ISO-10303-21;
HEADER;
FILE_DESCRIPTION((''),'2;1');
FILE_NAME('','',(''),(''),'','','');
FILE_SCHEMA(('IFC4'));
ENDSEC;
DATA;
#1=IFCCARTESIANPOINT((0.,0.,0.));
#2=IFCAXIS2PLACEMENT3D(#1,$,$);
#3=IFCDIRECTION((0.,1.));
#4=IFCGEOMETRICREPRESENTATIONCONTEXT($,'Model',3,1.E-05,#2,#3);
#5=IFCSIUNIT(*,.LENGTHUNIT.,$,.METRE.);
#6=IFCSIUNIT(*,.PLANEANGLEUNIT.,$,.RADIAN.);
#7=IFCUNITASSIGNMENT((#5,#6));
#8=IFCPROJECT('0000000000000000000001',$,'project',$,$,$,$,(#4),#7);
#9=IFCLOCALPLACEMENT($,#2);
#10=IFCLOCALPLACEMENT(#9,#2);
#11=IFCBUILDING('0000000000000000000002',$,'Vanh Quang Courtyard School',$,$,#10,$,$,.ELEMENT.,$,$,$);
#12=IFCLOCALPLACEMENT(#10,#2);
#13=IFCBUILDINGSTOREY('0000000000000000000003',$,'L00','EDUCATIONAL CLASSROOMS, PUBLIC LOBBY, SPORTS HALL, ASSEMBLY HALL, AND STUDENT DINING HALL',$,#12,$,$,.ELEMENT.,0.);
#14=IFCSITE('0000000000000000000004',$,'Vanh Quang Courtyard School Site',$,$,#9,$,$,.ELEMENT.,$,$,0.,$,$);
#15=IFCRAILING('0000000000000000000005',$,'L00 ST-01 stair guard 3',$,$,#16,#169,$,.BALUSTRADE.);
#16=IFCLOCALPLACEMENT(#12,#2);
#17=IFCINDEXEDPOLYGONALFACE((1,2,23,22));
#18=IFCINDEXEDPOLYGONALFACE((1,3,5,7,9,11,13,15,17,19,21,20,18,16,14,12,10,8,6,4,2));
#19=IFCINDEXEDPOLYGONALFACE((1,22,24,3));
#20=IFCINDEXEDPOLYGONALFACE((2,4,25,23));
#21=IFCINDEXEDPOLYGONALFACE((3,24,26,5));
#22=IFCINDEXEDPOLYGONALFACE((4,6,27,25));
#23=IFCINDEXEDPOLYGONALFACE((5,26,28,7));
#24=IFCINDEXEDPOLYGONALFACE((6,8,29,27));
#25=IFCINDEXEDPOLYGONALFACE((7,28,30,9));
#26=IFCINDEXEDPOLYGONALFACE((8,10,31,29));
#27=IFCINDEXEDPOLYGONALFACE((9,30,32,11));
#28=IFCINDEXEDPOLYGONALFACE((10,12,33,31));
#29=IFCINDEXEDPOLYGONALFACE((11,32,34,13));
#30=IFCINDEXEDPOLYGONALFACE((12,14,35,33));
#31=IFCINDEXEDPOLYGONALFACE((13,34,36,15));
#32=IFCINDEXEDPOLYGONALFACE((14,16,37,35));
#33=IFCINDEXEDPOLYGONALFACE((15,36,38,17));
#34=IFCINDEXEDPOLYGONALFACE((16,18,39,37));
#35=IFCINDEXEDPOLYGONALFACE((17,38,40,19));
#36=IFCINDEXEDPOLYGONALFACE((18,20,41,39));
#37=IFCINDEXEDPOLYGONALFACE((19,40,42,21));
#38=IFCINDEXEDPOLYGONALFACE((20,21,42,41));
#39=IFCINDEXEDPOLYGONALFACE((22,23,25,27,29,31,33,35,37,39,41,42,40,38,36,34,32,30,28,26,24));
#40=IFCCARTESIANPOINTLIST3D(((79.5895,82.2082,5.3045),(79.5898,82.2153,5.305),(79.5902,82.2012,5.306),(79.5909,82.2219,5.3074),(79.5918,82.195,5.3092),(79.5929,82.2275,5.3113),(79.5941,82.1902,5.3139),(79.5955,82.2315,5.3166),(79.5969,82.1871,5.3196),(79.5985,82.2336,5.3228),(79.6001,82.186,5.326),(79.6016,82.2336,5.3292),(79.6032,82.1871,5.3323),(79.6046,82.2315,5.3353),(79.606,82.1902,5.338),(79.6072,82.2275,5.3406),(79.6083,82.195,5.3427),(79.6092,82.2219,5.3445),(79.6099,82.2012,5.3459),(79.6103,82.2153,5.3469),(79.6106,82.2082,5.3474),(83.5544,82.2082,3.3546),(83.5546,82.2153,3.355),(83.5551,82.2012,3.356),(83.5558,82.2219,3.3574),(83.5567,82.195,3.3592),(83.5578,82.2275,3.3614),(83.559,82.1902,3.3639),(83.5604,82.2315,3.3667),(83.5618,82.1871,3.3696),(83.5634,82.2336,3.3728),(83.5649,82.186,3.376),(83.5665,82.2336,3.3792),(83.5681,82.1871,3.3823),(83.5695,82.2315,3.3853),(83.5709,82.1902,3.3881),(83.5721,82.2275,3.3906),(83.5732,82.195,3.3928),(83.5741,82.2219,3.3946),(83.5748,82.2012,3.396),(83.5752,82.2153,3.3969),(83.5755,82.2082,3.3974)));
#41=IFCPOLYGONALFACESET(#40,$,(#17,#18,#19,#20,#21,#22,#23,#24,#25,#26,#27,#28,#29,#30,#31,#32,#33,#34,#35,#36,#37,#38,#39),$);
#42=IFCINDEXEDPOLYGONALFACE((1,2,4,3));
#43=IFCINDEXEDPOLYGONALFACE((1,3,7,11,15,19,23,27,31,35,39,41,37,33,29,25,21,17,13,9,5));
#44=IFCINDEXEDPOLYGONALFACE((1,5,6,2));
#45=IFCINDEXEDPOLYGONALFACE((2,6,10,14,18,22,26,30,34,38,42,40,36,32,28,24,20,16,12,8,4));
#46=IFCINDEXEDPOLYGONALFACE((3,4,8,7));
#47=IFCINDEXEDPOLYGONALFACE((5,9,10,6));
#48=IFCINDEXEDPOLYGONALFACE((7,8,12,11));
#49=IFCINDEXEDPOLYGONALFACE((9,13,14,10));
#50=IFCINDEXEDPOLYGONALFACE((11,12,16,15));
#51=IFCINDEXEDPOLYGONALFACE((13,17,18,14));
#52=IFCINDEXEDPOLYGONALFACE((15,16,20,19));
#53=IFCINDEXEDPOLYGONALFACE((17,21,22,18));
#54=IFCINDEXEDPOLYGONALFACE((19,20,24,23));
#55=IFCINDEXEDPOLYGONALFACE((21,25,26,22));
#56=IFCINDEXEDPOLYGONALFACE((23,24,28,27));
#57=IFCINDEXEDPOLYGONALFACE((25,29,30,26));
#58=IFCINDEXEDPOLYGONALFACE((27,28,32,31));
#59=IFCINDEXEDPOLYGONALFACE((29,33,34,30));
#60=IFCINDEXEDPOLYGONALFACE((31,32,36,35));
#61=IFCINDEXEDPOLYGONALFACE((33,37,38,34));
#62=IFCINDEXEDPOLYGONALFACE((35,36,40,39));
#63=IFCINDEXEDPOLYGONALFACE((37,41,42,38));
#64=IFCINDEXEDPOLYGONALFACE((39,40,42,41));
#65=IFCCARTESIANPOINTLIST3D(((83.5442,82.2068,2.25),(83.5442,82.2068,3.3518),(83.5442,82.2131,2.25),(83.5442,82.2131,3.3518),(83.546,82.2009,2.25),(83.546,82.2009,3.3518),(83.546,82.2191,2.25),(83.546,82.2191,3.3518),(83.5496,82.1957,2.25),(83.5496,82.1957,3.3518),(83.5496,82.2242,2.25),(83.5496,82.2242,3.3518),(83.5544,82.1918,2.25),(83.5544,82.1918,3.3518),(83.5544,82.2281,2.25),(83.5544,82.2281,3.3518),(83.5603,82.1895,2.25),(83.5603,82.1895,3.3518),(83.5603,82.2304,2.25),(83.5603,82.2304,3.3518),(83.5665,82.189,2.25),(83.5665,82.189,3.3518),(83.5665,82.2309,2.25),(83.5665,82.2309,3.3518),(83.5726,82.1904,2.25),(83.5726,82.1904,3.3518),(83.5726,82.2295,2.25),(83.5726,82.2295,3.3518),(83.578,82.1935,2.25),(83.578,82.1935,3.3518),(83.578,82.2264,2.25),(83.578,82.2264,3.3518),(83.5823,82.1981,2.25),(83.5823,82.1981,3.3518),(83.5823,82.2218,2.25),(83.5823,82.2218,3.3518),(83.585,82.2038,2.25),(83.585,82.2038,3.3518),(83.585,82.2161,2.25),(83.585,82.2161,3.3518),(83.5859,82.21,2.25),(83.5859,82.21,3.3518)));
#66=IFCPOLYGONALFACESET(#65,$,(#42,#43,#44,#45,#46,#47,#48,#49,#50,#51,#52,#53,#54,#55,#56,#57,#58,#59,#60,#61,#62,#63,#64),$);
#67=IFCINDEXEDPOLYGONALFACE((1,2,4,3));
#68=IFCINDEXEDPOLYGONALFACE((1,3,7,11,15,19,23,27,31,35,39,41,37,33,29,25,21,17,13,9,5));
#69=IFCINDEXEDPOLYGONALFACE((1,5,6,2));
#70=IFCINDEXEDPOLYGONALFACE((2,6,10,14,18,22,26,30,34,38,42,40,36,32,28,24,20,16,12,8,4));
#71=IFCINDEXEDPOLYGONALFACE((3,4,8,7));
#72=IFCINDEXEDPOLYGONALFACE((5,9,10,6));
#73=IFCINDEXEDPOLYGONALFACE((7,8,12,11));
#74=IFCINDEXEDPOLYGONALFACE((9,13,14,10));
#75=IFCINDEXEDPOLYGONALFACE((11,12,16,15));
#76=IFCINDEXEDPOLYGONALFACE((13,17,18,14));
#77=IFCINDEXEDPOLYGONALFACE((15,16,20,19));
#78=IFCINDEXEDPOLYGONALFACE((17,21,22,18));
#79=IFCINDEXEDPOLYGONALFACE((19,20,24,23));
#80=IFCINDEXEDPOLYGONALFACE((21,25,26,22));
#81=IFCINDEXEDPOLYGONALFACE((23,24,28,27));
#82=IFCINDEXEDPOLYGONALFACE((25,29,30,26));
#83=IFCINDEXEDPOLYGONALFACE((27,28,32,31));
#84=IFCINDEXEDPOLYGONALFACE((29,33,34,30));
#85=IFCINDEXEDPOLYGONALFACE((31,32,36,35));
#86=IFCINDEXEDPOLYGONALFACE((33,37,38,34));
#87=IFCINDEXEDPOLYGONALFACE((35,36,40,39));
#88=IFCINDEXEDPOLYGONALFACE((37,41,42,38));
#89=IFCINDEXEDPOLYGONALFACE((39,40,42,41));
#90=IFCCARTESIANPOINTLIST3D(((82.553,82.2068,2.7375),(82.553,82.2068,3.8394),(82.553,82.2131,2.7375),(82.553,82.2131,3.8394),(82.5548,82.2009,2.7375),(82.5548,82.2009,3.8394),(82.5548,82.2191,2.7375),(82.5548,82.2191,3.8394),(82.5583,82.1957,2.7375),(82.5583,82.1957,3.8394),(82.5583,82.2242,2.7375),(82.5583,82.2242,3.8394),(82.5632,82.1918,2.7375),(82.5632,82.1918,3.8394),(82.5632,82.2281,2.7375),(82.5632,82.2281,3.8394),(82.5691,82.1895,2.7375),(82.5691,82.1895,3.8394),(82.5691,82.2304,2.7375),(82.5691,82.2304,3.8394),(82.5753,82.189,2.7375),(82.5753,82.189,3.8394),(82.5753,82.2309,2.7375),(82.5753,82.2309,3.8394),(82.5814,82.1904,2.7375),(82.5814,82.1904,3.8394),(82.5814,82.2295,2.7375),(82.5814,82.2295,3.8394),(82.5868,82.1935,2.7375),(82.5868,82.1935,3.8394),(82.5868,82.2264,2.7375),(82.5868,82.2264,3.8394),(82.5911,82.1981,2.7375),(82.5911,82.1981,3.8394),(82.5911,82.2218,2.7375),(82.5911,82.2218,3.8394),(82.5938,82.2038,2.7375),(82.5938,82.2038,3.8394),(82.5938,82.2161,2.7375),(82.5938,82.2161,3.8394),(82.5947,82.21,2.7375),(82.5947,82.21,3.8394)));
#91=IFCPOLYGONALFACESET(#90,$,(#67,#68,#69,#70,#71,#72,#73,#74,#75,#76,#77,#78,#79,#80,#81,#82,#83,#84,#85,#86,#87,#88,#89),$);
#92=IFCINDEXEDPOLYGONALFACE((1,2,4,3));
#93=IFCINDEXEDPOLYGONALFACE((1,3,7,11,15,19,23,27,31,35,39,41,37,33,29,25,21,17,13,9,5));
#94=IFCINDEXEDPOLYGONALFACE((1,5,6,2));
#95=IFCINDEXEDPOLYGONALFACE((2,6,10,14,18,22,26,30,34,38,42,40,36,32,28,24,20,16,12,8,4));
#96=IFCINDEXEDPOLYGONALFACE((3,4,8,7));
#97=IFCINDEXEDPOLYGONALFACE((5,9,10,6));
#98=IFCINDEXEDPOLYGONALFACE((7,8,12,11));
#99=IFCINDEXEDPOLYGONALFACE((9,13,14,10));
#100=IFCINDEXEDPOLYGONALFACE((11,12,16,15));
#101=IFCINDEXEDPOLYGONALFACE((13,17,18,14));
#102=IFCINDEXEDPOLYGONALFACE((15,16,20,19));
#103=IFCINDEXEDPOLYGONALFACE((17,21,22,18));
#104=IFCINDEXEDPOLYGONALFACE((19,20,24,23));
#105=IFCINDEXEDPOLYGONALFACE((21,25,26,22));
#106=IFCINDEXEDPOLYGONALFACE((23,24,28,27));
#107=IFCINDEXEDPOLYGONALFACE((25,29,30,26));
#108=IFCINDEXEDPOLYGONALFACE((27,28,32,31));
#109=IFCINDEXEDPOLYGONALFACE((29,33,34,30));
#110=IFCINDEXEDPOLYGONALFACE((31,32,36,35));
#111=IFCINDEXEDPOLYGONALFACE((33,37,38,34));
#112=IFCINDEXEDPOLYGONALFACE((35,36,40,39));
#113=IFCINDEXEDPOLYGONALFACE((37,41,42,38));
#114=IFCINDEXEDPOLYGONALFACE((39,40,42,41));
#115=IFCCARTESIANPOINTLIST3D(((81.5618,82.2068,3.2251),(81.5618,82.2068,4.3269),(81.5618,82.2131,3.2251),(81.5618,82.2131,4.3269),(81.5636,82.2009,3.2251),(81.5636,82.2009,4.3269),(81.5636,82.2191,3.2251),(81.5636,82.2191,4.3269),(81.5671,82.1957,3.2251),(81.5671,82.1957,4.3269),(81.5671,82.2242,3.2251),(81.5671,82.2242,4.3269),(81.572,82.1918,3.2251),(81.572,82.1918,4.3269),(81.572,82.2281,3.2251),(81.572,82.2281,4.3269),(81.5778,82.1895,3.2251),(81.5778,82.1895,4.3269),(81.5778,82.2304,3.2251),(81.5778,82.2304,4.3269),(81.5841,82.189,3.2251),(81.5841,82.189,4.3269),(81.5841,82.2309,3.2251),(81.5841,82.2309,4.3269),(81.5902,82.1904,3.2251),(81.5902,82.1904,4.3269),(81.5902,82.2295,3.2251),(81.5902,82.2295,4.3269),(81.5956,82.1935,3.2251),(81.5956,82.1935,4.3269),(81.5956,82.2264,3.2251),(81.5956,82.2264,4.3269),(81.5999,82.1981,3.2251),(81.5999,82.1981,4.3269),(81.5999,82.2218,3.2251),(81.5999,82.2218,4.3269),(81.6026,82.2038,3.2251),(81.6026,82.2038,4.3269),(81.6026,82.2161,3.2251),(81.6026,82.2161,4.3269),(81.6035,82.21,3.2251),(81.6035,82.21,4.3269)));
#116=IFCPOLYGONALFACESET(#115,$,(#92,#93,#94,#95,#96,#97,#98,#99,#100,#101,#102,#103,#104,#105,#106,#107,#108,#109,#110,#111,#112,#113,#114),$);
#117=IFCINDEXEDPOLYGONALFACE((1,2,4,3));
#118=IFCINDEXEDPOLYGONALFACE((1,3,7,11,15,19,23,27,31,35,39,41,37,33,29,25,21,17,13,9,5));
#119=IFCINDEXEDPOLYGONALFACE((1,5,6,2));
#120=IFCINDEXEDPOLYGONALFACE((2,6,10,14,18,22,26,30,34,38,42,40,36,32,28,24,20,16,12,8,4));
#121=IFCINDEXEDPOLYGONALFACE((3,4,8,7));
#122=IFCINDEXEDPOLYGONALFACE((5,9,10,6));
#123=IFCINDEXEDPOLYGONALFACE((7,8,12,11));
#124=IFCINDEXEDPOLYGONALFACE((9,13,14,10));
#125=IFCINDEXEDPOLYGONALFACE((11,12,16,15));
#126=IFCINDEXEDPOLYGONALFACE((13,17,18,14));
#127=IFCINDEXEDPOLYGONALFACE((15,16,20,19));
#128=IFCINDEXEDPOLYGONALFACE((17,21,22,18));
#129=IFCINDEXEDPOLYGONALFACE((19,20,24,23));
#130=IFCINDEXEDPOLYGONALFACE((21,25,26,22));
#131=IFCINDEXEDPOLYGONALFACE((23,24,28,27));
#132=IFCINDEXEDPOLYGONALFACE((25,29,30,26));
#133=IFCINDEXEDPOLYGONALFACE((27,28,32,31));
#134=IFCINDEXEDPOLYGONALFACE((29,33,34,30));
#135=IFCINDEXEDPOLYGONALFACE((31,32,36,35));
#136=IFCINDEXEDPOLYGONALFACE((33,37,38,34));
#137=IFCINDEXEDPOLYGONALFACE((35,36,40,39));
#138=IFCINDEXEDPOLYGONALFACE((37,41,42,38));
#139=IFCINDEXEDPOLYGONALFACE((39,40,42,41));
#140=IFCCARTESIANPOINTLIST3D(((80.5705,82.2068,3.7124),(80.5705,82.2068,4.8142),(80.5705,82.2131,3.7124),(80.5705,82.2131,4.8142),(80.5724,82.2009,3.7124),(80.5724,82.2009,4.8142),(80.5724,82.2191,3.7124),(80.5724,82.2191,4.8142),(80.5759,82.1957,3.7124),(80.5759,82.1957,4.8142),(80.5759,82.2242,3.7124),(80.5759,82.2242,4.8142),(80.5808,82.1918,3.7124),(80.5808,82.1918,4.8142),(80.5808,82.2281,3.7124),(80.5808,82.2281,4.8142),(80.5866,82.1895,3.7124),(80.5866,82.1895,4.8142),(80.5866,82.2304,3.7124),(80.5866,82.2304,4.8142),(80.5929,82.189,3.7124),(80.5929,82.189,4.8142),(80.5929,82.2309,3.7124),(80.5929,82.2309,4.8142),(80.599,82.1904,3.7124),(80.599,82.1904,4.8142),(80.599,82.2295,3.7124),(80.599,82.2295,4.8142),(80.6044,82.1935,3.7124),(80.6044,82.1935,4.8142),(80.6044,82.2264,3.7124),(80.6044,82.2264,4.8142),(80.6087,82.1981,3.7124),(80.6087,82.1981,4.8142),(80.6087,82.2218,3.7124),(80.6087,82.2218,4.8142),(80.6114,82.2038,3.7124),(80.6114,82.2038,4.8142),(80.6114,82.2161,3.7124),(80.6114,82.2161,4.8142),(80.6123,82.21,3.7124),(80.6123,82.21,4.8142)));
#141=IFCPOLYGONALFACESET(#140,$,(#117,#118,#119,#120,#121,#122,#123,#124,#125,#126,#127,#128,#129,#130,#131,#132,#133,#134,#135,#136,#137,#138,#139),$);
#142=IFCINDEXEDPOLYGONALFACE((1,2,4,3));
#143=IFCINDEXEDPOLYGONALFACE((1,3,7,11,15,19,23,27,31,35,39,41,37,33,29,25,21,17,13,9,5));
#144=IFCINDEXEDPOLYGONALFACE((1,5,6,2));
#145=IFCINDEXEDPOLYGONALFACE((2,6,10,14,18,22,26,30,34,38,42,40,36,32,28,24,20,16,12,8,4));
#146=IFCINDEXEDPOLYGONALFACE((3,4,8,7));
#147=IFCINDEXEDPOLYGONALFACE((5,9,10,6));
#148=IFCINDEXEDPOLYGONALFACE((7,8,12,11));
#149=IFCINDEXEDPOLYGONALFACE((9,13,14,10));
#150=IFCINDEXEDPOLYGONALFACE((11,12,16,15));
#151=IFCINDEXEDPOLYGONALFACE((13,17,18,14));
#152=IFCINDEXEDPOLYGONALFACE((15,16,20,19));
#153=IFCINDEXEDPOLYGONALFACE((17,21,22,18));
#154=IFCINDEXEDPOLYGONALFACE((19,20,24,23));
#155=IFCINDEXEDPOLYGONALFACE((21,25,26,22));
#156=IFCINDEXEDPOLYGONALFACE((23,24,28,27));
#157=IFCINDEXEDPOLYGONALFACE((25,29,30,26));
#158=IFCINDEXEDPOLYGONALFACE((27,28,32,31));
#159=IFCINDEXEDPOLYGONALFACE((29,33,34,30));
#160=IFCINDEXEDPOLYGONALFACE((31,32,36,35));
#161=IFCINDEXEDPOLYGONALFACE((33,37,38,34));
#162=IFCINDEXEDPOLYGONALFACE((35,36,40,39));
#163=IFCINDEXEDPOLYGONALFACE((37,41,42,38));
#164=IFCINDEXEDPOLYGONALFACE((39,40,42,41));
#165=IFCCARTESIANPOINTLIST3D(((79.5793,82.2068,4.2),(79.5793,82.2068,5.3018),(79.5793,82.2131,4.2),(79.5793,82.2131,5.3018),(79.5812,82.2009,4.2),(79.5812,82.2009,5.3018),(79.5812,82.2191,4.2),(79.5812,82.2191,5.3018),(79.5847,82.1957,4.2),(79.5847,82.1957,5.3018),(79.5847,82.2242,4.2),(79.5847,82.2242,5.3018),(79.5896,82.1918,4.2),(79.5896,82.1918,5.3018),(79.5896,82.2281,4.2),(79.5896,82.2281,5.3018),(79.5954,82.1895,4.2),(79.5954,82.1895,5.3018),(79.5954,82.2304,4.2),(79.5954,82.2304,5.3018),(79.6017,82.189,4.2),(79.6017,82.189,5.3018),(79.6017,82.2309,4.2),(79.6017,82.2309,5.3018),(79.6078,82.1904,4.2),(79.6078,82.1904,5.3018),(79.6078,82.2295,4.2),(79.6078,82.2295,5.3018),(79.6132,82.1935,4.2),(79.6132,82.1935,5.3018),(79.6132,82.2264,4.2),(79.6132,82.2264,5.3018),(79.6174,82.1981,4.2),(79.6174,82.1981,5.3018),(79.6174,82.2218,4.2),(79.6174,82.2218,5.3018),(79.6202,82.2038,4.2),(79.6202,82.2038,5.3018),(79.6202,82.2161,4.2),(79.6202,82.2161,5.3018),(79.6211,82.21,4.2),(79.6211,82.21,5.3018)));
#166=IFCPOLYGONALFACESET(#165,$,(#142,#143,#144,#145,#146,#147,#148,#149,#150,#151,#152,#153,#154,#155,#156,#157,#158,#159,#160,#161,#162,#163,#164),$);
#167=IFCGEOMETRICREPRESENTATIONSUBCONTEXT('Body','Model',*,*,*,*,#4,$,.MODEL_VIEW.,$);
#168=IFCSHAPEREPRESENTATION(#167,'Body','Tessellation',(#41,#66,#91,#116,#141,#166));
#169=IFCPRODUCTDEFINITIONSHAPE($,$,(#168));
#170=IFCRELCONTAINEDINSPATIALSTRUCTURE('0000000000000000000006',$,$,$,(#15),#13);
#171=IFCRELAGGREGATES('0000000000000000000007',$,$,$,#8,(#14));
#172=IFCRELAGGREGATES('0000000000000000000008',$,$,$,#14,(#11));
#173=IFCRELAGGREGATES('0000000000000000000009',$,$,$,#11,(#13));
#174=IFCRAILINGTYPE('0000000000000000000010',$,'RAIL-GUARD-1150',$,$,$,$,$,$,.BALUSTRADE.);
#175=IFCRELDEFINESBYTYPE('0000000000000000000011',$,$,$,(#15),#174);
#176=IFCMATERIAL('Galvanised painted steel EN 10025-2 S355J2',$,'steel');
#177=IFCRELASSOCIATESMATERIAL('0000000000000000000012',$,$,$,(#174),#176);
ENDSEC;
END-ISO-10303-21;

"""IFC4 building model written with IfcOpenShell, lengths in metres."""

from ifc_helpers import new_model, si_unit, direction, frame, origin, origin_2d, place, context, subcontext, project, spatial, circle, extrude, material, type_object, element, save


model = new_model("IFC4")

# Units and contexts
model_context = context("Model", 3, precision=1e-05, world=origin(), true_north=direction((0.0, 1.0)))
body_context = subcontext(model_context, "Body", "Model", "MODEL_VIEW")
ifc_project = project(units=[si_unit("LENGTHUNIT", "METRE"), si_unit("PLANEANGLEUNIT", "RADIAN")], contexts=[model_context])

# Site, building, storey
site_placement = place(None, origin())
site = spatial("IfcSite", under=ifc_project, at=site_placement, Name="Vanh Quang Courtyard School Site", CompositionType="ELEMENT", RefElevation=0.0)
building_placement = place(site_placement, origin())
building = spatial("IfcBuilding", under=site, at=building_placement, Name="Vanh Quang Courtyard School", CompositionType="ELEMENT")
storey_placement = place(building_placement, origin())
storey = spatial("IfcBuildingStorey", under=building, at=storey_placement, Name="L00", Description="EDUCATIONAL CLASSROOMS, PUBLIC LOBBY, SPORTS HALL, ASSEMBLY HALL, AND STUDENT DINING HALL", CompositionType="ELEMENT", Elevation=0.0)

# Railing
ifc_material_1 = material(Name="Galvanised painted steel EN 10025-2 S355J2", Category="steel")
railing_type_1 = type_object("IfcRailingType", Name="RAIL-GUARD-1150", PredefinedType="BALUSTRADE", material=ifc_material_1)
railing_1_placement = place(storey_placement, frame((83.5649, 82.21, 2.25)))
element("IfcRailing", 1, at=railing_1_placement, inside=storey, type_object=railing_type_1, Name="L00 ST-01 stair guard 3", PredefinedType="BALUSTRADE", context=body_context, shape_type="SweptSolid", body=[
    extrude(circle(Radius=0.0239, at=origin_2d()), frame((0.0, 0.0, 1.126), z_axis=(-0.897347, 0.0, 0.441325), x_axis=(0.0, -1.0, 0.0)), (0.0, 0.0, 1.0), 4.4185),
    extrude(circle(Radius=0.021, at=origin_2d()), origin(), (0.0, 0.0, 1.0), 1.1018),
    extrude(circle(Radius=0.021, at=origin_2d()), frame((-0.9912, 0.0, 0.4875)), (0.0, 0.0, 1.0), 1.1018),
    extrude(circle(Radius=0.021, at=origin_2d()), frame((-1.9824, 0.0, 0.9751)), (0.0, 0.0, 1.0), 1.1018),
    extrude(circle(Radius=0.021, at=origin_2d()), frame((-2.9736, 0.0, 1.4624)), (0.0, 0.0, 1.0), 1.1018),
    extrude(circle(Radius=0.021, at=origin_2d()), frame((-3.9648, 0.0, 1.95)), (0.0, 0.0, 1.0), 1.1018),
])

save(model, "model.ifc")
